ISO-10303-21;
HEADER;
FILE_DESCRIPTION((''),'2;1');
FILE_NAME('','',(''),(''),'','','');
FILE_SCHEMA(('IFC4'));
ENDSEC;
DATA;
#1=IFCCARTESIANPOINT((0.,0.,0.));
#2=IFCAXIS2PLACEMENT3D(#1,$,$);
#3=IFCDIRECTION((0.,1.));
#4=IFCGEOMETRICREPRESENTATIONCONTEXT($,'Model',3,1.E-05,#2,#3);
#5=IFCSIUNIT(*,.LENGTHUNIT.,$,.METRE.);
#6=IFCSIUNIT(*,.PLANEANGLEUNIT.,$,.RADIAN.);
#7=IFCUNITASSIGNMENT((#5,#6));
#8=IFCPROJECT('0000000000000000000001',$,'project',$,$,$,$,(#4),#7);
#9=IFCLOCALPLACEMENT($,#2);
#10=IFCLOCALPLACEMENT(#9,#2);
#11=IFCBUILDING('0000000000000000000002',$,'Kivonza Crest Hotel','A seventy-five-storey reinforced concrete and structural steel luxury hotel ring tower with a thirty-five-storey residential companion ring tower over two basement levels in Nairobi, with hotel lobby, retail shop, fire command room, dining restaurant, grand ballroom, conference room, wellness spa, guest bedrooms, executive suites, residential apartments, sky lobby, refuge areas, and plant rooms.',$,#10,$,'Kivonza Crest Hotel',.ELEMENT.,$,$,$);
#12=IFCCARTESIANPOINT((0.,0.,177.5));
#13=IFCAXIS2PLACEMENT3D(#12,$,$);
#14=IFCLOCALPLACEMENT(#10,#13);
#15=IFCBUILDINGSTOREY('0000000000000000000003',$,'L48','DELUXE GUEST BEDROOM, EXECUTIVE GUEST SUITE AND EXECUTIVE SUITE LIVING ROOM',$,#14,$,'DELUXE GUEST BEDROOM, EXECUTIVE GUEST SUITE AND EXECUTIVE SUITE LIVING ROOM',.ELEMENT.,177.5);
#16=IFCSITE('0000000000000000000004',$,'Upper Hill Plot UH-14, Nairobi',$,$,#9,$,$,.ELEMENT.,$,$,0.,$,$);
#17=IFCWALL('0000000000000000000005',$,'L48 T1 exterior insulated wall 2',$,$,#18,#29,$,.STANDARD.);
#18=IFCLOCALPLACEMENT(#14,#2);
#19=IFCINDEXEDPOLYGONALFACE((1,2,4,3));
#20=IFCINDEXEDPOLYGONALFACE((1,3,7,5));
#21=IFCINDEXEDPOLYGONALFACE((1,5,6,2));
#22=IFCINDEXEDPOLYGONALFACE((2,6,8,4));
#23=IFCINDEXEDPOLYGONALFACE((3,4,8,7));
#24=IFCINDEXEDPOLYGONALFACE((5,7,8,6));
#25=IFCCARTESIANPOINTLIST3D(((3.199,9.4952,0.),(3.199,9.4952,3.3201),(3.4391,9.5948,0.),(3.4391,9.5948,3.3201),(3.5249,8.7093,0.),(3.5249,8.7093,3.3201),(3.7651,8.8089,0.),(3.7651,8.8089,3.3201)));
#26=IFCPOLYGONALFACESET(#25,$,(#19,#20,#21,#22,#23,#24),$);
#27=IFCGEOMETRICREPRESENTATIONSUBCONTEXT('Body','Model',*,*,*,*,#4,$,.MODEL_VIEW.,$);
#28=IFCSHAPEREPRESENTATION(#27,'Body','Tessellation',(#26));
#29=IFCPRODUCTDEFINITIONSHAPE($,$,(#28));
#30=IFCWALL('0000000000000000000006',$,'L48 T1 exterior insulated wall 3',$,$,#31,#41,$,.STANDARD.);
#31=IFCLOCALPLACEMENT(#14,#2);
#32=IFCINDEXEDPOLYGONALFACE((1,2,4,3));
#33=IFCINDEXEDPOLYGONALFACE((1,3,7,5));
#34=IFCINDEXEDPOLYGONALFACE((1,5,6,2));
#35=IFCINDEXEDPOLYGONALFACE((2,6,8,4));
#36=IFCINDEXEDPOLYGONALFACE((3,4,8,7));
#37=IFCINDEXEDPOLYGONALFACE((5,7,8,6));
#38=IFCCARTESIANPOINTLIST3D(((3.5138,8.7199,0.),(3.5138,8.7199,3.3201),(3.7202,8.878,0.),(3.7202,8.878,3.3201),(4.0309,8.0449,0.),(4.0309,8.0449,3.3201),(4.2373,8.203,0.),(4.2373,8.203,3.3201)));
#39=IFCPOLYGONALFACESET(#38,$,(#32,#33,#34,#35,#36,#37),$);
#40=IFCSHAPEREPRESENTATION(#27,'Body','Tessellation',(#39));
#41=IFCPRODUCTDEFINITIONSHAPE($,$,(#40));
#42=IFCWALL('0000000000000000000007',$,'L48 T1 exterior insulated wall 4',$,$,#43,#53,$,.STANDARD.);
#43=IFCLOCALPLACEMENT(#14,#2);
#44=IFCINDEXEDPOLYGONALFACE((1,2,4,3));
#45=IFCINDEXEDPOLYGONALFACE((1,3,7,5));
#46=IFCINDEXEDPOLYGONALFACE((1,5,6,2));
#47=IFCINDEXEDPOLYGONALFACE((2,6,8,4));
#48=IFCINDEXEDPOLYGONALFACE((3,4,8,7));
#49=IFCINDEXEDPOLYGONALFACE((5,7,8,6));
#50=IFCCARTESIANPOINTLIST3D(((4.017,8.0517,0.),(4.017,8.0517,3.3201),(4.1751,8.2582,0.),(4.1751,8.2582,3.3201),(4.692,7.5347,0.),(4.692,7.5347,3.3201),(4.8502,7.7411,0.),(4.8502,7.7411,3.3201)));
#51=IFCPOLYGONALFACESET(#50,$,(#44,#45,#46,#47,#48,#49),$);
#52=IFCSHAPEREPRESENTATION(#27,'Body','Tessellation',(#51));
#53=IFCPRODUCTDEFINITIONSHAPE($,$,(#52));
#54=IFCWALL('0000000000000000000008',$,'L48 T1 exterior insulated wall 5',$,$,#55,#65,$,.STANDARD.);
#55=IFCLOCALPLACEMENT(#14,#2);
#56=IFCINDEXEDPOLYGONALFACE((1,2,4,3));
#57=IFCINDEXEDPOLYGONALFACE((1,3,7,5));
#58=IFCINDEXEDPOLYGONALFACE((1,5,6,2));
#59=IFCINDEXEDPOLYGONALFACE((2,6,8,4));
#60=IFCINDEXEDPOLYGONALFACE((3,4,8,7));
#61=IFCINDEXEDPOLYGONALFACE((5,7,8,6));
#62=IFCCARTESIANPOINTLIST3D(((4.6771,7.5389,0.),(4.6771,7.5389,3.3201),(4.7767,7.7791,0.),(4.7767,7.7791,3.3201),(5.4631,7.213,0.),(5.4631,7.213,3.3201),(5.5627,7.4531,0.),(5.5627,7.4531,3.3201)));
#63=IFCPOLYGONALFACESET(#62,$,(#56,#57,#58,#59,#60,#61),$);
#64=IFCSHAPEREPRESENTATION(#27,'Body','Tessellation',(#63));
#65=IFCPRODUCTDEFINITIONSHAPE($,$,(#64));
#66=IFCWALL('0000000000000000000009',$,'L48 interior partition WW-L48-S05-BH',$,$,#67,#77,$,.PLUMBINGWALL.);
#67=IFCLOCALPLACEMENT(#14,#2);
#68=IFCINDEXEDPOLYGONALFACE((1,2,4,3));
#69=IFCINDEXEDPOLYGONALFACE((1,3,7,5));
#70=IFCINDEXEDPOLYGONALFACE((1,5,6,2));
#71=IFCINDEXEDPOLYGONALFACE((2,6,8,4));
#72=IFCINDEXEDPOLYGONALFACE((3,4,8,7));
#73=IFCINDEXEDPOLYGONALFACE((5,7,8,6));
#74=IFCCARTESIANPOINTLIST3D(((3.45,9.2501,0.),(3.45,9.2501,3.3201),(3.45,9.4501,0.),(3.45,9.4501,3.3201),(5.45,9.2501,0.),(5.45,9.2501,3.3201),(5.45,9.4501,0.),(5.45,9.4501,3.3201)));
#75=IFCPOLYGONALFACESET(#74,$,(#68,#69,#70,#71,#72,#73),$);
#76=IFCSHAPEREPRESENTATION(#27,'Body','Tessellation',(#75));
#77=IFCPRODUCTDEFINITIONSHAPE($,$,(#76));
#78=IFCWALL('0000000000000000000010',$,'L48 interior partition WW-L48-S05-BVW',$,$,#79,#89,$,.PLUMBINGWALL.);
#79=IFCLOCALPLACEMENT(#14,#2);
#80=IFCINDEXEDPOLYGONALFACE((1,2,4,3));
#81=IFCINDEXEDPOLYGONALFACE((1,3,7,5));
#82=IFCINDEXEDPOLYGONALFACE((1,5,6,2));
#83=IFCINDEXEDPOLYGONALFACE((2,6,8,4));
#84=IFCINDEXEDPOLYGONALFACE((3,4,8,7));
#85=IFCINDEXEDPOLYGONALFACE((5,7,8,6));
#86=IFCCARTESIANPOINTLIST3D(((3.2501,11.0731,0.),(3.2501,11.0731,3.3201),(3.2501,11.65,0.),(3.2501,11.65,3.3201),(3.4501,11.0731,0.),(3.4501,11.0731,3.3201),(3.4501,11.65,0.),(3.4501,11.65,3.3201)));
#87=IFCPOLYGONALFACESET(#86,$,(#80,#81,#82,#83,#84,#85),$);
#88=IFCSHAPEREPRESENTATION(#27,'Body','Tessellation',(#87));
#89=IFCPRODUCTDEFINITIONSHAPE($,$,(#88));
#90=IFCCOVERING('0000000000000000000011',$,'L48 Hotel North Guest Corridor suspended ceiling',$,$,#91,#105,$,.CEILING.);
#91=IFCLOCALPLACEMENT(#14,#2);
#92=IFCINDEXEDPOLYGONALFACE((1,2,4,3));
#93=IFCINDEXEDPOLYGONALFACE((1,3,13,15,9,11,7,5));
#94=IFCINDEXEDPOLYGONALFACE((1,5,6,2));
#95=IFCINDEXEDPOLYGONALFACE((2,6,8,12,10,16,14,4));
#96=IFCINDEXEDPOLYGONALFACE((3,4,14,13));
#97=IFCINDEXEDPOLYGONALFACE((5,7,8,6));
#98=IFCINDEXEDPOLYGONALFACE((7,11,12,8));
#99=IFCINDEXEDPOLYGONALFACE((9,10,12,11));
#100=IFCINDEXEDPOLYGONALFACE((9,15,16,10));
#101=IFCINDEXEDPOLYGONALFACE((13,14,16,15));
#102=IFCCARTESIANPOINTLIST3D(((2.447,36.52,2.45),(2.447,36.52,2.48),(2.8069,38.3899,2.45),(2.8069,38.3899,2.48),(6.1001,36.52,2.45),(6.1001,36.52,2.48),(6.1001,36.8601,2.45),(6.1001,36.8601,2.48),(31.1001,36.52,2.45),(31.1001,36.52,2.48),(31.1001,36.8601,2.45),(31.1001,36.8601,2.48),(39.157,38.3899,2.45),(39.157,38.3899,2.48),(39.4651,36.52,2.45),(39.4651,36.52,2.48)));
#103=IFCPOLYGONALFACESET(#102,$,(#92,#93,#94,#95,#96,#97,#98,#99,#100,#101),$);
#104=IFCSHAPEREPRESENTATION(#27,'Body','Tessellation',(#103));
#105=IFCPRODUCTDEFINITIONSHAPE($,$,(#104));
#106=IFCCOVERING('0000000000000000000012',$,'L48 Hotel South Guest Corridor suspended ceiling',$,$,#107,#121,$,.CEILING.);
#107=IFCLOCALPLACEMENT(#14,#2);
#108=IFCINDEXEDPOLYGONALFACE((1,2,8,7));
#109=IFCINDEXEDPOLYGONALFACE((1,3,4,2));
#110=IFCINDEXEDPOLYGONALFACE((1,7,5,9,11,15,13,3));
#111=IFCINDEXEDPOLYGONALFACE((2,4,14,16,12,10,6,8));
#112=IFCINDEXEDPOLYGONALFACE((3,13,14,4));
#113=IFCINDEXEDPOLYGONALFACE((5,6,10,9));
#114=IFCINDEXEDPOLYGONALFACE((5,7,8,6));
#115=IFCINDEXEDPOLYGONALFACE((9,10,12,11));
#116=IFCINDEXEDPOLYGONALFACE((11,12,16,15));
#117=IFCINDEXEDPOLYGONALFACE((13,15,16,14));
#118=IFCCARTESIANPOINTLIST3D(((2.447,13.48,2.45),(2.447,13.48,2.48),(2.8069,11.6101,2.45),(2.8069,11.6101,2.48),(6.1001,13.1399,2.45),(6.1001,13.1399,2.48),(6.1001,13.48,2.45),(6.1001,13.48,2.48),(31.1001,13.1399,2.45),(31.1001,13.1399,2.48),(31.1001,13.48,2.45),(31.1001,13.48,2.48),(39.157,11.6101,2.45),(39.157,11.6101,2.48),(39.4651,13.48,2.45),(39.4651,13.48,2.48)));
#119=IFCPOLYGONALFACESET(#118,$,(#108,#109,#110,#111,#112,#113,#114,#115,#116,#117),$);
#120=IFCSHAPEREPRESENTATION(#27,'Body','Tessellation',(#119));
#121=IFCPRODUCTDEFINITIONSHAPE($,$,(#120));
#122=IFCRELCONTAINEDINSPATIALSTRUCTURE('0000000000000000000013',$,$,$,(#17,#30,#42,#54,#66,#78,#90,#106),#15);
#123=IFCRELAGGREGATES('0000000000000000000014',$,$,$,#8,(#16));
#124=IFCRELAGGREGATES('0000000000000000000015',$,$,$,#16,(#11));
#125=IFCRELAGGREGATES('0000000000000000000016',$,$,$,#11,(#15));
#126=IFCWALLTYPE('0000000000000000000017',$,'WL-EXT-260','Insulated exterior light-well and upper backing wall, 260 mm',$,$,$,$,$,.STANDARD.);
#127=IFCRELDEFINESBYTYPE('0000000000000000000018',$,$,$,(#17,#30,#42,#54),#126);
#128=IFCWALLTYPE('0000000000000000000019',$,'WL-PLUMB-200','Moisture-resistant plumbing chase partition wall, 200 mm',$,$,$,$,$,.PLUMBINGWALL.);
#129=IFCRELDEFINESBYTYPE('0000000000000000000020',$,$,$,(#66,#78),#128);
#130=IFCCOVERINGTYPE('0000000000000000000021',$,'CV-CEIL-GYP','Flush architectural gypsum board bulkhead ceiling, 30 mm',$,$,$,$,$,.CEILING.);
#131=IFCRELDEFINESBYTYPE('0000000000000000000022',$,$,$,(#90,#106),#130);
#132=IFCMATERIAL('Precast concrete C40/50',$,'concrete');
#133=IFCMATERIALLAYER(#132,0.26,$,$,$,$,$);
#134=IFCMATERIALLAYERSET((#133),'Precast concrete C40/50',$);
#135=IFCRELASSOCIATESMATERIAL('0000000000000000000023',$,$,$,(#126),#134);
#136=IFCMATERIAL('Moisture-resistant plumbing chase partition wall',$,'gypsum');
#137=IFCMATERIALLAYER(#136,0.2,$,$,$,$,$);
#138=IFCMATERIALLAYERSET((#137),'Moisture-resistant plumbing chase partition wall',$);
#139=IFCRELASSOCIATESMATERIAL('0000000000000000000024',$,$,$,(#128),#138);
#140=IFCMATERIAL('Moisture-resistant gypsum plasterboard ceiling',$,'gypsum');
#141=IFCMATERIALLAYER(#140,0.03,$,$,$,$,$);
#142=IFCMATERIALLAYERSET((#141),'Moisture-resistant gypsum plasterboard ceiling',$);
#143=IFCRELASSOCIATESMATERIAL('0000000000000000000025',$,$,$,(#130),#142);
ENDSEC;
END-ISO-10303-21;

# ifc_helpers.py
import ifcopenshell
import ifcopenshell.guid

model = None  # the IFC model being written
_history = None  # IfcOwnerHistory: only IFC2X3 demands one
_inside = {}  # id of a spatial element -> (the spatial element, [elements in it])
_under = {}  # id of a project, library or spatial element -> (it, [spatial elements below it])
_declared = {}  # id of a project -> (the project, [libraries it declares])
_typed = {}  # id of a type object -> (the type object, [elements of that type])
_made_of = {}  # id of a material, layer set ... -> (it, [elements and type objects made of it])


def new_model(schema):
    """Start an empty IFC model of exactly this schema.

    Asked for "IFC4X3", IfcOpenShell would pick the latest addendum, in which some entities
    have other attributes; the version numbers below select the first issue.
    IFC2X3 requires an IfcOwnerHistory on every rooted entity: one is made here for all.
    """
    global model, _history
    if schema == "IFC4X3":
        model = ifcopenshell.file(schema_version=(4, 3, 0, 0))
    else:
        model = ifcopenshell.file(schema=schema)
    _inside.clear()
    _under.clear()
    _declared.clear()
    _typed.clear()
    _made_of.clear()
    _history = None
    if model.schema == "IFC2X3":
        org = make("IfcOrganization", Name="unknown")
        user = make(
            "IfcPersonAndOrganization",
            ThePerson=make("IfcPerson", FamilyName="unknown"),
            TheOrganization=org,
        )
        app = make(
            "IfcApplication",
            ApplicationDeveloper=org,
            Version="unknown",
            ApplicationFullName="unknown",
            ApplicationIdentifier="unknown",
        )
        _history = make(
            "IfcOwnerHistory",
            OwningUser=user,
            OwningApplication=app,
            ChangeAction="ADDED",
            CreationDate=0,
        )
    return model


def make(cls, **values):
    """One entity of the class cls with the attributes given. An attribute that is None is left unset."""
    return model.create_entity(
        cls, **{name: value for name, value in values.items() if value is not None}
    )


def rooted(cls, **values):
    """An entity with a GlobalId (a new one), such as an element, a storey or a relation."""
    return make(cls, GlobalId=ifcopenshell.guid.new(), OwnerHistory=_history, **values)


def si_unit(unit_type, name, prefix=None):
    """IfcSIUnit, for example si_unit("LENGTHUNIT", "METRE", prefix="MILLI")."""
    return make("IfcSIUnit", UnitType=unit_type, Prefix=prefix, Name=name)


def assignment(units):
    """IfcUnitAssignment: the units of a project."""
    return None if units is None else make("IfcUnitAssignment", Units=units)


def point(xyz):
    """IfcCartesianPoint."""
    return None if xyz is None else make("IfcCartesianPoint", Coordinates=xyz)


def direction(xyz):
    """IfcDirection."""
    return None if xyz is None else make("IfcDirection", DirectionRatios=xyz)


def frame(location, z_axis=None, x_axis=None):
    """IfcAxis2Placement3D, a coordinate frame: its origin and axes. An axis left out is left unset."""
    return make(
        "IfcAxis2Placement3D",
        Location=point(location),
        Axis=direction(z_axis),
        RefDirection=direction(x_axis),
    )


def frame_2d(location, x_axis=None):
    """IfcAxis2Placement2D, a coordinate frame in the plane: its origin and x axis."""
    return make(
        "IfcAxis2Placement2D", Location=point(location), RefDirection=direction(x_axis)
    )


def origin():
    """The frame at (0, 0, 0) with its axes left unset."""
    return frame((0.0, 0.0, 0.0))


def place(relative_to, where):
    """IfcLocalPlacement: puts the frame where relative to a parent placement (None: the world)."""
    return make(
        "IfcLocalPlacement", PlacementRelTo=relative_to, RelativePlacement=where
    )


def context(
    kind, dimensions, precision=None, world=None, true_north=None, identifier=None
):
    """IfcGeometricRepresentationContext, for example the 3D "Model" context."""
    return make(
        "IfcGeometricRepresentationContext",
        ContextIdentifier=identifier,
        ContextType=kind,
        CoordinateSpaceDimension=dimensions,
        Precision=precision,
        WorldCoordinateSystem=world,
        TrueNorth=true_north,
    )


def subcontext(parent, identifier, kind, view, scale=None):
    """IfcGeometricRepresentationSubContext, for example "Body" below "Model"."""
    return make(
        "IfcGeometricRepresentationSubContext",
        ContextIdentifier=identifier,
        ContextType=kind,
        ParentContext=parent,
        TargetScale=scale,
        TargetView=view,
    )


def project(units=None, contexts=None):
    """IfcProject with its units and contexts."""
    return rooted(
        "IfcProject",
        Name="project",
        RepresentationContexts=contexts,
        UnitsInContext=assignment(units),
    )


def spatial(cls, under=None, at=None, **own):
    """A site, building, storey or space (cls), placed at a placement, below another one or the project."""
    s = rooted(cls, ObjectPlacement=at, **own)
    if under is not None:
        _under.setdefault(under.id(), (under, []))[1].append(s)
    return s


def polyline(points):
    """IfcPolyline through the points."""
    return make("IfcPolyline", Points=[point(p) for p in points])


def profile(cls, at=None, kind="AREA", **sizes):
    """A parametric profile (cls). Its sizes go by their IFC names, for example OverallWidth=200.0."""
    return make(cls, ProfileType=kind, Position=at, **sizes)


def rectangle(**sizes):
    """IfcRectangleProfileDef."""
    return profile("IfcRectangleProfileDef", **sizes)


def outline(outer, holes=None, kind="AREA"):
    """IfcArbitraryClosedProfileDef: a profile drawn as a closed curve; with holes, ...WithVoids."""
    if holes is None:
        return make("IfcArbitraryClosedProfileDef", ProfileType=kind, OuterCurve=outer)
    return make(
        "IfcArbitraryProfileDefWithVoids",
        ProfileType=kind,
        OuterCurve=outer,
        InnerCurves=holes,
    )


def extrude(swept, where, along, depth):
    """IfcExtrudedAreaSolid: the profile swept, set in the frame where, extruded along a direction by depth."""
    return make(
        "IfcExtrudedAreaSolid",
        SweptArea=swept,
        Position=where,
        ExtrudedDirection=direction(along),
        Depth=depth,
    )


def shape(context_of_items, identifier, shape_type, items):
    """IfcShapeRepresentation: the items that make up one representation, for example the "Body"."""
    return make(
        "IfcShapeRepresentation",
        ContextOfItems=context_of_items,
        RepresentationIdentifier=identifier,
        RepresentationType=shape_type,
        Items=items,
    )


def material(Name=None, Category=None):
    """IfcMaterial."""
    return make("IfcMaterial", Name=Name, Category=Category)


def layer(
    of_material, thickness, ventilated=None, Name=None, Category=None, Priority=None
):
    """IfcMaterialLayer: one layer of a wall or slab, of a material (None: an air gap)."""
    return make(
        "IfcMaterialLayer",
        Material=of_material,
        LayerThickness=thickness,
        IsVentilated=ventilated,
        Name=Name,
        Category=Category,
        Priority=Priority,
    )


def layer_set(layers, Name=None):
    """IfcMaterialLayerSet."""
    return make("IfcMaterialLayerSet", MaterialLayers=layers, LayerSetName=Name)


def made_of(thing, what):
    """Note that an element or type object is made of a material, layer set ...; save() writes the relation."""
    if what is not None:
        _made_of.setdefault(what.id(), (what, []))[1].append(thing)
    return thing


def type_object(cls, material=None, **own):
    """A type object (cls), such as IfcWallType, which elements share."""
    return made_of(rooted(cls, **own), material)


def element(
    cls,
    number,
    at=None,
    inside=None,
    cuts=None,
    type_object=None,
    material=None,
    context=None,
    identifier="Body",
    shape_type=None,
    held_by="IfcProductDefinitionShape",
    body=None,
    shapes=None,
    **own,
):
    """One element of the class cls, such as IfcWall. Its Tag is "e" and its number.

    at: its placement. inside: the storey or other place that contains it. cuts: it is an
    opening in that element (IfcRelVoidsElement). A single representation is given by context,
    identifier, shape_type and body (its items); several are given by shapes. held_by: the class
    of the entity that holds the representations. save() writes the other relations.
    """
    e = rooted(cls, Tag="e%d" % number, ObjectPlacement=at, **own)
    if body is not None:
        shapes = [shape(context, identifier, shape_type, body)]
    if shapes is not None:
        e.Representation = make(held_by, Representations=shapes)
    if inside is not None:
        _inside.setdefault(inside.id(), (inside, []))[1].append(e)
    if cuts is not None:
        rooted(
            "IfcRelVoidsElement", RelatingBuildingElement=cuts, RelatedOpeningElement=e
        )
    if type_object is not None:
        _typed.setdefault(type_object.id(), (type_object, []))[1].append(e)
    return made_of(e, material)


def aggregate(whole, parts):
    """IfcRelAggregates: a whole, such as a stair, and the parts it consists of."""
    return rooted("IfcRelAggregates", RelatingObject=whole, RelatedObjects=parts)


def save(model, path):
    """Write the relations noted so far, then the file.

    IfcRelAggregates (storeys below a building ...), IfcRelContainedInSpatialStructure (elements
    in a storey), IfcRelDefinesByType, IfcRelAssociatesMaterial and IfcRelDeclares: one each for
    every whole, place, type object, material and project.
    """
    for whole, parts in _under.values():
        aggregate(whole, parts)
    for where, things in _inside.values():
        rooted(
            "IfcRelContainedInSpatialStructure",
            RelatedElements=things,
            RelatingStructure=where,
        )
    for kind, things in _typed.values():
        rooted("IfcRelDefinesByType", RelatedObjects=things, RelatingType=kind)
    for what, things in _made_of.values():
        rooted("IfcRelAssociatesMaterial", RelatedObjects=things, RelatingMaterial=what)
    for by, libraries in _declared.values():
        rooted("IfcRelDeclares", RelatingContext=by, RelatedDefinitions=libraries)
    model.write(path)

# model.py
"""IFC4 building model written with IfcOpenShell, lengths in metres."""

from ifc_helpers import new_model, si_unit, direction, frame, frame_2d, origin, place, context, subcontext, project, spatial, polyline, rectangle, outline, extrude, material, layer, layer_set, type_object, element, save


model = new_model("IFC4")

# Units and contexts
model_context = context("Model", 3, precision=1e-05, world=origin(), true_north=direction((0.0, 1.0)))
body_context = subcontext(model_context, "Body", "Model", "MODEL_VIEW")
ifc_project = project(units=[si_unit("LENGTHUNIT", "METRE"), si_unit("PLANEANGLEUNIT", "RADIAN")], contexts=[model_context])

# Site, building, storey
site_placement = place(None, origin())
site = spatial("IfcSite", under=ifc_project, at=site_placement, Name="Upper Hill Plot UH-14, Nairobi", CompositionType="ELEMENT", RefElevation=0.0)
building_placement = place(site_placement, origin())
building = spatial("IfcBuilding", under=site, at=building_placement, Name="Kivonza Crest Hotel", Description="A seventy-five-storey reinforced concrete and structural steel luxury hotel ring tower with a thirty-five-storey residential companion ring tower over two basement levels in Nairobi, with hotel lobby, retail shop, fire command room, dining restaurant, grand ballroom, conference room, wellness spa, guest bedrooms, executive suites, residential apartments, sky lobby, refuge areas, and plant rooms.", LongName="Kivonza Crest Hotel", CompositionType="ELEMENT")
storey_placement = place(building_placement, frame((0.0, 0.0, 177.5)))
storey = spatial("IfcBuildingStorey", under=building, at=storey_placement, Name="L48", Description="DELUXE GUEST BEDROOM, EXECUTIVE GUEST SUITE AND EXECUTIVE SUITE LIVING ROOM", LongName="DELUXE GUEST BEDROOM, EXECUTIVE GUEST SUITE AND EXECUTIVE SUITE LIVING ROOM", CompositionType="ELEMENT", Elevation=177.5)

# Walls
ifc_material_1 = material(Name="Precast concrete C40/50", Category="concrete")
ifc_layer_1 = layer(ifc_material_1, 0.26)
ifc_layer_set_1 = layer_set([ifc_layer_1], Name="Precast concrete C40/50")
wall_type_1 = type_object("IfcWallType", Name="WL-EXT-260", Description="Insulated exterior light-well and upper backing wall, 260 mm", PredefinedType="STANDARD", material=ifc_layer_set_1)
wall_1_placement = place(storey_placement, frame((3.3191, 9.5449, 0.0), z_axis=(0.0, 0.0, 1.0), x_axis=(0.383087, -0.923712, 0.0)))
element("IfcWall", 1, at=wall_1_placement, inside=storey, type_object=wall_type_1, Name="L48 T1 exterior insulated wall 2", PredefinedType="STANDARD", context=body_context, shape_type="SweptSolid", body=[
    extrude(rectangle(XDim=0.8508, YDim=0.26, at=frame_2d((0.4253, 0.0))), origin(), (0.0, 0.0, 1.0), 3.3201),
])
for number, where, z_axis, x_axis, name in (
    (2, (3.6169, 8.7991, 0.0), (0.0, 0.0, 1.0), (0.6081, -0.79386, 0.0), "L48 T1 exterior insulated wall 3"),
    (3, (4.0959, 8.155, 0.0), (0.0, 0.0, 1.0), (0.79386, -0.6081, 0.0), "L48 T1 exterior insulated wall 4"),
):
    element("IfcWall", number, at=place(storey_placement, frame(where, z_axis=z_axis, x_axis=x_axis)), inside=storey, type_object=wall_type_1, Name=name, PredefinedType="STANDARD", context=body_context, shape_type="SweptSolid", body=[
        extrude(rectangle(XDim=0.8503, YDim=0.26, at=frame_2d((0.4253, 0.0))), origin(), (0.0, 0.0, 1.0), 3.3201),
    ])
wall_2_placement = place(storey_placement, frame((4.7271, 7.6589, 0.0), z_axis=(0.0, 0.0, 1.0), x_axis=(0.923712, -0.383087, 0.0)))
element("IfcWall", 4, at=wall_2_placement, inside=storey, type_object=wall_type_1, Name="L48 T1 exterior insulated wall 5", PredefinedType="STANDARD", context=body_context, shape_type="SweptSolid", body=[
    extrude(rectangle(XDim=0.8508, YDim=0.26, at=frame_2d((0.4253, 0.0))), origin(), (0.0, 0.0, 1.0), 3.3201),
])
ifc_material_2 = material(Name="Moisture-resistant plumbing chase partition wall", Category="gypsum")
ifc_layer_2 = layer(ifc_material_2, 0.2)
ifc_layer_set_2 = layer_set([ifc_layer_2], Name="Moisture-resistant plumbing chase partition wall")
wall_type_2 = type_object("IfcWallType", Name="WL-PLUMB-200", Description="Moisture-resistant plumbing chase partition wall, 200 mm", PredefinedType="PLUMBINGWALL", material=ifc_layer_set_2)
wall_3_placement = place(storey_placement, frame((3.45, 9.3501, 0.0), z_axis=(0.0, 0.0, 1.0), x_axis=(1.0, 0.0, 0.0)))
element("IfcWall", 5, at=wall_3_placement, inside=storey, type_object=wall_type_2, Name="L48 interior partition WW-L48-S05-BH", PredefinedType="PLUMBINGWALL", context=body_context, shape_type="SweptSolid", body=[
    extrude(rectangle(XDim=2.0, YDim=0.2, at=frame_2d((1.0, 0.0))), origin(), (0.0, 0.0, 1.0), 3.3201),
])
wall_4_placement = place(storey_placement, frame((3.3501, 11.073, 0.0), z_axis=(0.0, 0.0, 1.0), x_axis=(0.0, 1.0, 0.0)))
element("IfcWall", 6, at=wall_4_placement, inside=storey, type_object=wall_type_2, Name="L48 interior partition WW-L48-S05-BVW", PredefinedType="PLUMBINGWALL", context=body_context, shape_type="SweptSolid", body=[
    extrude(rectangle(XDim=0.5769, YDim=0.2, at=frame_2d((0.2886, 0.0))), origin(), (0.0, 0.0, 1.0), 3.3201),
])

# Coverings
ifc_material_3 = material(Name="Moisture-resistant gypsum plasterboard ceiling", Category="gypsum")
ifc_layer_3 = layer(ifc_material_3, 0.03)
ifc_layer_set_3 = layer_set([ifc_layer_3], Name="Moisture-resistant gypsum plasterboard ceiling")
covering_type = type_object("IfcCoveringType", Name="CV-CEIL-GYP", Description="Flush architectural gypsum board bulkhead ceiling, 30 mm", PredefinedType="CEILING", material=ifc_layer_set_3)
covering_1_placement = place(storey_placement, frame((0.0, 0.0, 2.45)))
element("IfcCovering", 7, at=covering_1_placement, inside=storey, type_object=covering_type, Name="L48 Hotel North Guest Corridor suspended ceiling", PredefinedType="CEILING", context=body_context, shape_type="SweptSolid", body=[
    extrude(outline(polyline([(2.8069, 38.3899), (2.447, 36.52), (6.1001, 36.52), (6.1001, 36.8601), (31.1001, 36.8601), (31.1001, 36.52), (39.4651, 36.52), (39.157, 38.3899), (2.8069, 38.3899)])), origin(), (0.0, 0.0, 1.0), 0.03),
])
covering_2_placement = place(storey_placement, frame((0.0, 0.0, 2.45)))
element("IfcCovering", 8, at=covering_2_placement, inside=storey, type_object=covering_type, Name="L48 Hotel South Guest Corridor suspended ceiling", PredefinedType="CEILING", context=body_context, shape_type="SweptSolid", body=[
    extrude(outline(polyline([(2.447, 13.48), (2.8069, 11.6101), (39.157, 11.6101), (39.4651, 13.48), (31.1001, 13.48), (31.1001, 13.1399), (6.1001, 13.1399), (6.1001, 13.48), (2.447, 13.48)])), origin(), (0.0, 0.0, 1.0), 0.03),
])

save(model, "model.ifc")
